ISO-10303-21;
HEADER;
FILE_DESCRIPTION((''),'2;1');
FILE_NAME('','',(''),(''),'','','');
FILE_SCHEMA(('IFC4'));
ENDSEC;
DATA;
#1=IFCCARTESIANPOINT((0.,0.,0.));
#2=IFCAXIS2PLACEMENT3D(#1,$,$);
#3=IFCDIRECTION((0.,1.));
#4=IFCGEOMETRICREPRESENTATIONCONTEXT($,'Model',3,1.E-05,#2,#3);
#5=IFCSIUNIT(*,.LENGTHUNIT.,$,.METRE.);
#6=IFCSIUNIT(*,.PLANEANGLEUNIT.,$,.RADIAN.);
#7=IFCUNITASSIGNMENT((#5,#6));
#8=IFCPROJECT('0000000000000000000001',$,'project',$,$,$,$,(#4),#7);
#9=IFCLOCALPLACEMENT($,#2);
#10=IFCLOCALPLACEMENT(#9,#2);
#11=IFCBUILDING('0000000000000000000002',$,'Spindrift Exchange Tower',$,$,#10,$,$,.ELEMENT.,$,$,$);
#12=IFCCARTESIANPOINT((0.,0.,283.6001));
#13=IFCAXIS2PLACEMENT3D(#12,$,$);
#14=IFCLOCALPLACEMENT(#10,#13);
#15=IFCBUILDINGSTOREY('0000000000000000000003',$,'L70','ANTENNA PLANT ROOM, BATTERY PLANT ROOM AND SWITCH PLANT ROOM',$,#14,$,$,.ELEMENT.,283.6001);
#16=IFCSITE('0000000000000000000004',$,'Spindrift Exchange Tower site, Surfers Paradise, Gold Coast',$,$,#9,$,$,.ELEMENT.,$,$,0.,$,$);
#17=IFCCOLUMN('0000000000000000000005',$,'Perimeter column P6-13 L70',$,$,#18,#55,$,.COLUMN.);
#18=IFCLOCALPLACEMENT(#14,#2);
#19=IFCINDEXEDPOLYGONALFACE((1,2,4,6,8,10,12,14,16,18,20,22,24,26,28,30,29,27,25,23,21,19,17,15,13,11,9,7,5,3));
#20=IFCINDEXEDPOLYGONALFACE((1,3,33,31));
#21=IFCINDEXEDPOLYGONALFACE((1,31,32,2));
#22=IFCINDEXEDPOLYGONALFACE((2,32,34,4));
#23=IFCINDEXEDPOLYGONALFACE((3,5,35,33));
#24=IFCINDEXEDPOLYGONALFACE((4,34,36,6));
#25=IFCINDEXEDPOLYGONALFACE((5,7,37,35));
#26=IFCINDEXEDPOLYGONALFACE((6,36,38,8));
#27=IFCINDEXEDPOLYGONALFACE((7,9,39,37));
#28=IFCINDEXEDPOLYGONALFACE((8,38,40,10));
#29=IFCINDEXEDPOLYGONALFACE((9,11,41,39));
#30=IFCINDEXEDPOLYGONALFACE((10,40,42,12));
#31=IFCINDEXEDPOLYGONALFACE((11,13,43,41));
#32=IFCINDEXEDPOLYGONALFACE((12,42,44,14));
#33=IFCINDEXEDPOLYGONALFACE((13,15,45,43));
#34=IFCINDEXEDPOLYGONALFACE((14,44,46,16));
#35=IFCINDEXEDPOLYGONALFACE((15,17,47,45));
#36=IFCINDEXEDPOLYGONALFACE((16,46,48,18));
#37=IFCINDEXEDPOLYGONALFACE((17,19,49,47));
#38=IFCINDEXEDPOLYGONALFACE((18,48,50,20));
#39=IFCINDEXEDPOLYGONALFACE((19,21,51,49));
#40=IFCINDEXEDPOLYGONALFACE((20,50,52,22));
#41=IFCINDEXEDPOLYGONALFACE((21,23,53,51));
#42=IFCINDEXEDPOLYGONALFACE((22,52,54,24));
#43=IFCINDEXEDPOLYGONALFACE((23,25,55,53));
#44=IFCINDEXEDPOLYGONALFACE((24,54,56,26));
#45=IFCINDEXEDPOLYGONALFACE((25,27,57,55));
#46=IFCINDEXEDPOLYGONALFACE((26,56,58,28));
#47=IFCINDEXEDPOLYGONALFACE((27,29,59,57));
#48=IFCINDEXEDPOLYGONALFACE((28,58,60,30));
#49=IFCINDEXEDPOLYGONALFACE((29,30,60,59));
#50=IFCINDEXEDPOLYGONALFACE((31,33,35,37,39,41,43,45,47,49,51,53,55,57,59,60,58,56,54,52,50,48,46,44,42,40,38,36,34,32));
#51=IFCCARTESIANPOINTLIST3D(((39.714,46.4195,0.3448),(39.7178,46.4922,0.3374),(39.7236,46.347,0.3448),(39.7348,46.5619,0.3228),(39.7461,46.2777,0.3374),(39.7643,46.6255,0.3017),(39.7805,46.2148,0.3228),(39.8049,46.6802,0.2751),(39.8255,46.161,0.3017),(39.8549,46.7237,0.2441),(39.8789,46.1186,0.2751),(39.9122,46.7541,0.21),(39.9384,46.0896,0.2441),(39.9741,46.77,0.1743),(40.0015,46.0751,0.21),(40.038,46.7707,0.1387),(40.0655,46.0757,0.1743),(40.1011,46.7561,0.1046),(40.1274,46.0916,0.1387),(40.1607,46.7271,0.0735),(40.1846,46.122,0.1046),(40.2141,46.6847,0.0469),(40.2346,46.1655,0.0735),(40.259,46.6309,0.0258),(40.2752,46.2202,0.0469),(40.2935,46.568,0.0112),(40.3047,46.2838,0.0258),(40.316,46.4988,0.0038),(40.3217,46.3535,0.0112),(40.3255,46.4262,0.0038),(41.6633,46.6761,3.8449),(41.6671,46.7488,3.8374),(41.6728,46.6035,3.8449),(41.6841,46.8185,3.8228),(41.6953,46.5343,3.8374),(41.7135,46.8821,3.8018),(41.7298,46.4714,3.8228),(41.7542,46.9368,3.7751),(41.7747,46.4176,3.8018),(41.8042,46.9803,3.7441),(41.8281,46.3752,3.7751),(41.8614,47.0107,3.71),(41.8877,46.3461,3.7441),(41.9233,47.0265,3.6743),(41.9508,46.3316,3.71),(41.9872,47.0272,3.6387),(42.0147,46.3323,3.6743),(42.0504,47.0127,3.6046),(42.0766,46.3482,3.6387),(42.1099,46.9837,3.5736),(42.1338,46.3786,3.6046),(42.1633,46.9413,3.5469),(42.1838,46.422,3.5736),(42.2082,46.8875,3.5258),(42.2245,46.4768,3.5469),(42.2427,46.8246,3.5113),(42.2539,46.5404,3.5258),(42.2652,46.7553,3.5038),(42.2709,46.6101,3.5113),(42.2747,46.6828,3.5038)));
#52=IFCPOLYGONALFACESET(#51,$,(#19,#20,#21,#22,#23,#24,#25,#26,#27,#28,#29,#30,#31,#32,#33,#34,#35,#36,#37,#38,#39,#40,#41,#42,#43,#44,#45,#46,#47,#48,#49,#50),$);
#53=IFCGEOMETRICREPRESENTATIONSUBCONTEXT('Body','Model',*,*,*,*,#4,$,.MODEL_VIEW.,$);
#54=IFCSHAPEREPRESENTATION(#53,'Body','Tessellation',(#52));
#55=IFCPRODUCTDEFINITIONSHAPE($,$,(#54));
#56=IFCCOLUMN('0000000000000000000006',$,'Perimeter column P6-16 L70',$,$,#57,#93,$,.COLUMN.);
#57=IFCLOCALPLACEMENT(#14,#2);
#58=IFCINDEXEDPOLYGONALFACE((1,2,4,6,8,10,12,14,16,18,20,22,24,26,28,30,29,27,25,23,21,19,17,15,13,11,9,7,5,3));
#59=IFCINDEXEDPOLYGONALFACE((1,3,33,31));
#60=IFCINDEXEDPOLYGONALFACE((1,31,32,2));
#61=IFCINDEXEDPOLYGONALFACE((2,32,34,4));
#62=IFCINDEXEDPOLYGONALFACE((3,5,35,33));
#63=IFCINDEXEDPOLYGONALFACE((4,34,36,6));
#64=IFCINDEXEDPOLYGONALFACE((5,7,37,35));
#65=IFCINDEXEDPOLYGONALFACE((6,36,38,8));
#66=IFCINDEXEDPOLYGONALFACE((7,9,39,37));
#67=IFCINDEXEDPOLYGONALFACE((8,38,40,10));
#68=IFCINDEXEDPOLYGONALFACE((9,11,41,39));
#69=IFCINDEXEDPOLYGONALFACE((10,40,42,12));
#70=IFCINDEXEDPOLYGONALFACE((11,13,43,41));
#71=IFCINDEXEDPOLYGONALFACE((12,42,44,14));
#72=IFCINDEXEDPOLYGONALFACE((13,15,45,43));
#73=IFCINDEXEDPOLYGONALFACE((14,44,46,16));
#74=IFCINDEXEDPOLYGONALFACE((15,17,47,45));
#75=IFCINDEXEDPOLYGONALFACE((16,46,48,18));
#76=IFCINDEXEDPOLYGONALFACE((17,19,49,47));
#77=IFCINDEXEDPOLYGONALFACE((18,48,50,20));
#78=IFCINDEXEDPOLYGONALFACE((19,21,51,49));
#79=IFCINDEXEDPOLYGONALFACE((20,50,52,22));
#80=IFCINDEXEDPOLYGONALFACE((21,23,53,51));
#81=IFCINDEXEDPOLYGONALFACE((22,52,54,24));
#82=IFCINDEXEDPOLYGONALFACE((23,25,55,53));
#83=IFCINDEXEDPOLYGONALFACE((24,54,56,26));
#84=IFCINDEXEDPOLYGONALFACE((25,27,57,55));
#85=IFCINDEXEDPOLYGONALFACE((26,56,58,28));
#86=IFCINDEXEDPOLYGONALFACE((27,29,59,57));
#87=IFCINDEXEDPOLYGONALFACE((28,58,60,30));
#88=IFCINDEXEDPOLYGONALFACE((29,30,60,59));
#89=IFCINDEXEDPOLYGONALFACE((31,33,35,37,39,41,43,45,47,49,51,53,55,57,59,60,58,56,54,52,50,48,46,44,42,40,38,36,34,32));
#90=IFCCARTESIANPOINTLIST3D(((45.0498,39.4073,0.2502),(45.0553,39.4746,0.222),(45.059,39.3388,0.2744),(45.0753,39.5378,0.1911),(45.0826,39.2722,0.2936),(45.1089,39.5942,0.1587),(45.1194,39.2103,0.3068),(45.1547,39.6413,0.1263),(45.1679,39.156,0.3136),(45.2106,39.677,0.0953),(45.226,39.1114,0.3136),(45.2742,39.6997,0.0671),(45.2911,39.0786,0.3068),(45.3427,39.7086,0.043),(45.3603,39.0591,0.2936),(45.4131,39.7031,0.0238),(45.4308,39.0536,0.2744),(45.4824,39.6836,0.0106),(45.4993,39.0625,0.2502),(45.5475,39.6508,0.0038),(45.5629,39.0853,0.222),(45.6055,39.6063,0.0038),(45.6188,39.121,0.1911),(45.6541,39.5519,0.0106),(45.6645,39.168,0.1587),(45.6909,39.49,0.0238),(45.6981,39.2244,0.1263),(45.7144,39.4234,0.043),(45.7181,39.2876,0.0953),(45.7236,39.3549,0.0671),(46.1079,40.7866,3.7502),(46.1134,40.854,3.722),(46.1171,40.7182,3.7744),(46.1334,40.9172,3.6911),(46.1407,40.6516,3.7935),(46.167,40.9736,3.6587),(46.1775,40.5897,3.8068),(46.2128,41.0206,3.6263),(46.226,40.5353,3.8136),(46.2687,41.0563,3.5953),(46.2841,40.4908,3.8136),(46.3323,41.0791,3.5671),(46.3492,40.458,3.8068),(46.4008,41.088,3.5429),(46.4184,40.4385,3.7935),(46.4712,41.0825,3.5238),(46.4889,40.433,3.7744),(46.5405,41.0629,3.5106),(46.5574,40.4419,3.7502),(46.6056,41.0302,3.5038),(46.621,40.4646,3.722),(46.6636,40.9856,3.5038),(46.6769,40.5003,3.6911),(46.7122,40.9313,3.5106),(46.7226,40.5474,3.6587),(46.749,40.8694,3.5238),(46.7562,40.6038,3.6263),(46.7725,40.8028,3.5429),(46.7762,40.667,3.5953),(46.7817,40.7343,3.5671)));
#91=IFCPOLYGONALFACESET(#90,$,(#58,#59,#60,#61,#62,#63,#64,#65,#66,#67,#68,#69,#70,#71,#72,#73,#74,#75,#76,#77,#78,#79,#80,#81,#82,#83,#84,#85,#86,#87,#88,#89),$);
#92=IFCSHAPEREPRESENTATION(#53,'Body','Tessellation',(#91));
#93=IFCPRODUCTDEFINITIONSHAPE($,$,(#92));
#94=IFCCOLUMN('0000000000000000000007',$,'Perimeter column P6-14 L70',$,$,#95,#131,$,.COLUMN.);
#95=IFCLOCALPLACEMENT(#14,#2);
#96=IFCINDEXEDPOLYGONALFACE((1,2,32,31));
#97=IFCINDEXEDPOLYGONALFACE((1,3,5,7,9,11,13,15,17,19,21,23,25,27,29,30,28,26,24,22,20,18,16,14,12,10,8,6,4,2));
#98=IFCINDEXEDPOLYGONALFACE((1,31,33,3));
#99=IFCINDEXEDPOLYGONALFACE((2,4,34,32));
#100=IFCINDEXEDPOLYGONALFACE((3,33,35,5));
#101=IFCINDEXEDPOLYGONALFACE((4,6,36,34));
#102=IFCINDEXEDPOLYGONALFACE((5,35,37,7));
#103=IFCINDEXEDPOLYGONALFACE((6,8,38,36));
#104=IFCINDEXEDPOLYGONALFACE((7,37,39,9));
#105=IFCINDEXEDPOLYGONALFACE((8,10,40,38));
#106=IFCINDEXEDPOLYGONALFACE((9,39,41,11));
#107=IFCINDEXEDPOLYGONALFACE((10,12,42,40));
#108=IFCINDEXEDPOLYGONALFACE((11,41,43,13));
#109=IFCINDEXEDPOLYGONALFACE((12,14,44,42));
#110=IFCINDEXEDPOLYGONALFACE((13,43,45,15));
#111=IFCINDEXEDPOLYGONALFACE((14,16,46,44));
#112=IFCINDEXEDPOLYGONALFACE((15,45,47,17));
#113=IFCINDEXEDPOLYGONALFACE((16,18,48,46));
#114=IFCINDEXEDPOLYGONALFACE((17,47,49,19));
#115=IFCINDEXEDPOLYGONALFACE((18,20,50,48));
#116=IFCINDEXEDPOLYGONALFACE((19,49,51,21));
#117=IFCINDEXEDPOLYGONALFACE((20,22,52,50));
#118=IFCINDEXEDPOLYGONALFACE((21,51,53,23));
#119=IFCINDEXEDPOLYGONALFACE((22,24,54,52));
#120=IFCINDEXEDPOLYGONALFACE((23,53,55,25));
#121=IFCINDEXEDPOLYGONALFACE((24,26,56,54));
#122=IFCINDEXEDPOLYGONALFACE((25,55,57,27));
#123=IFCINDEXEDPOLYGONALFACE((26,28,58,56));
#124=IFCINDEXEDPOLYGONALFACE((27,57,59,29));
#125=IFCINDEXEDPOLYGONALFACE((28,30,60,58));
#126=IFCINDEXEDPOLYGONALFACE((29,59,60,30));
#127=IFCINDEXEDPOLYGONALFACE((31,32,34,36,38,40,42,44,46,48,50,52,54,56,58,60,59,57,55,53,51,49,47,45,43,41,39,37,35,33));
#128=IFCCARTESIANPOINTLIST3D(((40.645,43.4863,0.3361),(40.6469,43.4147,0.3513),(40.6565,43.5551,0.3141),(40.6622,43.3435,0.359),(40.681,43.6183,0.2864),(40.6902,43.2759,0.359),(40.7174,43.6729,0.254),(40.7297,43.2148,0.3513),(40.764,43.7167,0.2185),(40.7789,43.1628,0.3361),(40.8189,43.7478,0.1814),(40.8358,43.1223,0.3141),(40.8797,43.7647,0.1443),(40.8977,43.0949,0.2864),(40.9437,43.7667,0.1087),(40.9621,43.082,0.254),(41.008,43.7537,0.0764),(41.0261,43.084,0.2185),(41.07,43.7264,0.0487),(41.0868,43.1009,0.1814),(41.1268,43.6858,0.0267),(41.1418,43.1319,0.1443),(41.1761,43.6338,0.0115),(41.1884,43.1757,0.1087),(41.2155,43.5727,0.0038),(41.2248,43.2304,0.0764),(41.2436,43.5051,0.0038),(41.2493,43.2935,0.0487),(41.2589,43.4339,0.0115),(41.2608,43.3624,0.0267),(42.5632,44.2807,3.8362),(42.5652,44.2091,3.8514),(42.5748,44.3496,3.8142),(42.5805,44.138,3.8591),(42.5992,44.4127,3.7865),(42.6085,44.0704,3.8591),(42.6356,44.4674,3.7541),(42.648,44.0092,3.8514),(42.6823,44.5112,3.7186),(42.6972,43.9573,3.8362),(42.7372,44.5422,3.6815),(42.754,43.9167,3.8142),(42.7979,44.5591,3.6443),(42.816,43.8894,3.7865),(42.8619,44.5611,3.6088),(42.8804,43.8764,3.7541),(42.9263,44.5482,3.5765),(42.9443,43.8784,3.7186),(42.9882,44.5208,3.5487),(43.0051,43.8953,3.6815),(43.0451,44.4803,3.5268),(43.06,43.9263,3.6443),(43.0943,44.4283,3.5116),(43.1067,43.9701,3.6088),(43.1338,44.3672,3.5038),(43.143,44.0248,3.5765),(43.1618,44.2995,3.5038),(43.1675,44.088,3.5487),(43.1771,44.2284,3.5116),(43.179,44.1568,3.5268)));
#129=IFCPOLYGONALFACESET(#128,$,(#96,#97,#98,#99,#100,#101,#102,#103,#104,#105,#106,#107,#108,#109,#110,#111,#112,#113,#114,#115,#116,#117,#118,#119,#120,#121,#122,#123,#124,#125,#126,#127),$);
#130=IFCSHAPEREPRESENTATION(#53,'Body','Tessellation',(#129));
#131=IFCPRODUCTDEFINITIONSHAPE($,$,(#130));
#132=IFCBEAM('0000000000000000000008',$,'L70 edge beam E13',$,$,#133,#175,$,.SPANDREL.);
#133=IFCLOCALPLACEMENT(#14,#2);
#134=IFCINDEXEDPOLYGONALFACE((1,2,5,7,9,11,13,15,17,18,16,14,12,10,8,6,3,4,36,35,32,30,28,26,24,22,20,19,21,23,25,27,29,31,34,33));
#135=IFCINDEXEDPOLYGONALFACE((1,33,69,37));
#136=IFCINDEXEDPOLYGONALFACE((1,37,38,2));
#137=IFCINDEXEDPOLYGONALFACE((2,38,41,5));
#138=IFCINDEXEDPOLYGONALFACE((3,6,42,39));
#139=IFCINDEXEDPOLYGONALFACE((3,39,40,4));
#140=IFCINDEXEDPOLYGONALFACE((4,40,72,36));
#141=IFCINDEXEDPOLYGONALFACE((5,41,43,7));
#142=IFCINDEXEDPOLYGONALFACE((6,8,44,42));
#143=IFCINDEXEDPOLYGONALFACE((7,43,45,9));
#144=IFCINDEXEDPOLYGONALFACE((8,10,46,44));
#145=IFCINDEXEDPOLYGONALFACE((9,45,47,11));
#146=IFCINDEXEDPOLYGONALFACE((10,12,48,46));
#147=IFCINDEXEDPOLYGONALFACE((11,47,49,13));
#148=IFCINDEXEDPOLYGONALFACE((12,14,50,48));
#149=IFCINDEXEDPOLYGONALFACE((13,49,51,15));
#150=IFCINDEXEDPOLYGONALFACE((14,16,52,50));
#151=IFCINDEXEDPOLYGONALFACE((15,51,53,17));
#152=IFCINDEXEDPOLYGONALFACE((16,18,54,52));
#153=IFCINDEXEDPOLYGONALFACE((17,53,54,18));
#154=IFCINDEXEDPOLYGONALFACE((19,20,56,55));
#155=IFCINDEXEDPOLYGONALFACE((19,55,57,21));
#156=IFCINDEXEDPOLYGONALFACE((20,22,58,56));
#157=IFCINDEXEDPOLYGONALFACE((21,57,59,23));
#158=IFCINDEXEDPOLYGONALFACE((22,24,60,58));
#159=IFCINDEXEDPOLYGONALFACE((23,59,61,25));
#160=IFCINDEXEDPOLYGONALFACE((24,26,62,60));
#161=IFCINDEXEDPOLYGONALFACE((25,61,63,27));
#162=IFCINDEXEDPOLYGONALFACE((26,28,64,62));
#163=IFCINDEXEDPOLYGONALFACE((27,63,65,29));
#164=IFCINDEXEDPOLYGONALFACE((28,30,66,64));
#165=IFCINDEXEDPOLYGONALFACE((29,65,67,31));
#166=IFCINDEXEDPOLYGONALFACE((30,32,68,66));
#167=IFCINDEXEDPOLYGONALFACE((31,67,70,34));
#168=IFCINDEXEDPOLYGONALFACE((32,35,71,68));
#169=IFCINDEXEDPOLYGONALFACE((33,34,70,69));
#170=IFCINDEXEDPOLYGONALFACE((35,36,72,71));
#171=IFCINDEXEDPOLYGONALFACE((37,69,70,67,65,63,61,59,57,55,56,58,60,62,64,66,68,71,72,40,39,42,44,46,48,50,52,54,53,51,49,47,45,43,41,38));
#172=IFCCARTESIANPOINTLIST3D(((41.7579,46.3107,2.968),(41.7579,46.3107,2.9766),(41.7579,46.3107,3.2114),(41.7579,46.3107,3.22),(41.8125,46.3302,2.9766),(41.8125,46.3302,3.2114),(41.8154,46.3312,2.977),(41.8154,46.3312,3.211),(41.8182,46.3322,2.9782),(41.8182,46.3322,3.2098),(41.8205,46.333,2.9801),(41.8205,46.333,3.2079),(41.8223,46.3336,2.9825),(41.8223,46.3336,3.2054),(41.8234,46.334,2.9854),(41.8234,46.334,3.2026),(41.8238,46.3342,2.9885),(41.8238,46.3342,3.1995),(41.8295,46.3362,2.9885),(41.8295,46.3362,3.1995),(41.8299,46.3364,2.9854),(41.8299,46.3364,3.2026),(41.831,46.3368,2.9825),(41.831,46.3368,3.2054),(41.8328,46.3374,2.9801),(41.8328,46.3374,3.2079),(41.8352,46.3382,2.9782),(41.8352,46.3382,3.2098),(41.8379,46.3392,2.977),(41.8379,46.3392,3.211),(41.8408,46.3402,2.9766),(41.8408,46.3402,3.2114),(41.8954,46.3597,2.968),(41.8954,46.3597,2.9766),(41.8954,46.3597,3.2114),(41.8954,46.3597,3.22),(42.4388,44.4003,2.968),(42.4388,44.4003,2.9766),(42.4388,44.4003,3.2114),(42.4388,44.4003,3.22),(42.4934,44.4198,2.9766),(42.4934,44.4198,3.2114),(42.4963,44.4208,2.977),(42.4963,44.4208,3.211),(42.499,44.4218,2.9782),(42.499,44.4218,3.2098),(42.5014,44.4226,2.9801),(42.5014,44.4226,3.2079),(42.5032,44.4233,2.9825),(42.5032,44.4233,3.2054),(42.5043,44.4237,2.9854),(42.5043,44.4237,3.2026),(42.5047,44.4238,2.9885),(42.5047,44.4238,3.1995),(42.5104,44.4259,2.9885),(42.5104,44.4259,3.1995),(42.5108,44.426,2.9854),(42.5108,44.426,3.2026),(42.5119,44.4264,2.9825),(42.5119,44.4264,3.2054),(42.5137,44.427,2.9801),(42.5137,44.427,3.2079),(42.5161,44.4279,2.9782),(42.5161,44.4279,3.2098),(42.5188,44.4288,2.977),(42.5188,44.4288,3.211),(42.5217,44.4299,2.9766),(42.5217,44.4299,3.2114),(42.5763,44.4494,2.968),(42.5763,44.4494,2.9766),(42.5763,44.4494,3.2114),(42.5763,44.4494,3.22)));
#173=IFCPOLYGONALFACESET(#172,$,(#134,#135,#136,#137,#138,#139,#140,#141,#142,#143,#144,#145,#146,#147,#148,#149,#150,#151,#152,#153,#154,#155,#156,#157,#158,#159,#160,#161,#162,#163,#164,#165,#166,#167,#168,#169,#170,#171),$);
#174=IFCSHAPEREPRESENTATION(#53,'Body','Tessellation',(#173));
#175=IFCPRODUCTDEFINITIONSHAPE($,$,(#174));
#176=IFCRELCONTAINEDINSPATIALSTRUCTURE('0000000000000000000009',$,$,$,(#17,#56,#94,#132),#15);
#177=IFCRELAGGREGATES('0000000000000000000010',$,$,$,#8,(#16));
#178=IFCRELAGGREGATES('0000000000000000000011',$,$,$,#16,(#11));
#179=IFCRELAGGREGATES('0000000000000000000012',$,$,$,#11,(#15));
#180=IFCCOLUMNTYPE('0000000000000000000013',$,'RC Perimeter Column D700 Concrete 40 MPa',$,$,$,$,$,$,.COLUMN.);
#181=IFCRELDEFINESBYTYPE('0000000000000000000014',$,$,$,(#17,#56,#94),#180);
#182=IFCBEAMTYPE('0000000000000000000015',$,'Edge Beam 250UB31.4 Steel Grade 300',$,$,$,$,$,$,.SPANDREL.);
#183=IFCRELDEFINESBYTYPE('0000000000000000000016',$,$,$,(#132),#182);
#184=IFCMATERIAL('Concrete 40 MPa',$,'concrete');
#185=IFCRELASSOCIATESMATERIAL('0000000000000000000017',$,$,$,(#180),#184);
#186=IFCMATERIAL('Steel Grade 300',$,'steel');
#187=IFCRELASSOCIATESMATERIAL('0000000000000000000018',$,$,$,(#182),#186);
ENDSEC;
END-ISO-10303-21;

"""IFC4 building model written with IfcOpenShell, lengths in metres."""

from ifc_helpers import new_model, si_unit, direction, frame, origin, origin_2d, place, context, subcontext, project, spatial, circle, i_section, extrude, source, transform, mapped, material, material_profile, profile_set, type_object, element, save


model = new_model("IFC4")

# Units and contexts
model_context = context("Model", 3, precision=1e-05, world=origin(), true_north=direction((0.0, 1.0)))
body_context = subcontext(model_context, "Body", "Model", "MODEL_VIEW")
ifc_project = project(units=[si_unit("LENGTHUNIT", "METRE"), si_unit("PLANEANGLEUNIT", "RADIAN")], contexts=[model_context])

# Site, building, storey
site_placement = place(None, origin())
site = spatial("IfcSite", under=ifc_project, at=site_placement, Name="Spindrift Exchange Tower site, Surfers Paradise, Gold Coast", CompositionType="ELEMENT", RefElevation=0.0)
building_placement = place(site_placement, origin())
building = spatial("IfcBuilding", under=site, at=building_placement, Name="Spindrift Exchange Tower", CompositionType="ELEMENT")
storey_placement = place(building_placement, frame((0.0, 0.0, 283.6001)))
storey = spatial("IfcBuildingStorey", under=building, at=storey_placement, Name="L70", Description="ANTENNA PLANT ROOM, BATTERY PLANT ROOM AND SWITCH PLANT ROOM", CompositionType="ELEMENT", Elevation=283.6001)

# Columns
ifc_material_1 = material(Name="Concrete 40 MPa", Category="concrete")
ifc_material_profile_1 = material_profile(ifc_material_1, circle(Radius=0.3501, at=origin_2d()), Name="RC D700")
ifc_profile_set_1 = profile_set([ifc_material_profile_1], Name="Concrete 40 MPa")
column_type = type_object("IfcColumnType", Name="RC Perimeter Column D700 Concrete 40 MPa", PredefinedType="COLUMN", material=ifc_profile_set_1)
shared_shape_1 = source(origin(), body_context, "Body", "SweptSolid", [
    extrude(circle(Radius=0.3501, at=origin_2d()), origin(), (0.0, 0.0, 1.0), 4.0144),
])
column_1_placement = place(storey_placement, frame((40.0198, 46.4229, 0.1743), z_axis=(0.485558, 0.063918, 0.871864), x_axis=(-0.130512, 0.991447, 0.0)))
element("IfcColumn", 1, at=column_1_placement, inside=storey, type_object=column_type, Name="Perimeter column P6-13 L70", PredefinedType="COLUMN", context=body_context, shape_type="MappedRepresentation", body=[
    mapped(shared_shape_1, transform((0.0, 0.0, 0.0), scale=1.0)),
])
shared_shape_2 = source(origin(), body_context, "Body", "SweptSolid", [
    extrude(circle(Radius=0.3501, at=origin_2d()), origin(), (0.0, 0.0, 1.0), 3.908),
])
column_2_placement = place(storey_placement, frame((45.3867, 39.3811, 0.1587), z_axis=(0.270755, 0.352969, 0.895603), x_axis=(-0.793448, 0.608638, 0.0)))
element("IfcColumn", 2, at=column_2_placement, inside=storey, type_object=column_type, Name="Perimeter column P6-16 L70", PredefinedType="COLUMN", context=body_context, shape_type="MappedRepresentation", body=[
    mapped(shared_shape_2, transform((0.0, 0.0, 0.0), scale=1.0)),
])
shared_shape_3 = source(origin(), body_context, "Body", "SweptSolid", [
    extrude(circle(Radius=0.3501, at=origin_2d()), origin(), (0.0, 0.0, 1.0), 4.0696),
])
column_3_placement = place(storey_placement, frame((40.9529, 43.4243, 0.1814), z_axis=(0.471366, 0.195217, 0.860061), x_axis=(-0.382636, 0.923899, 0.0)))
element("IfcColumn", 3, at=column_3_placement, inside=storey, type_object=column_type, Name="Perimeter column P6-14 L70", PredefinedType="COLUMN", context=body_context, shape_type="MappedRepresentation", body=[
    mapped(shared_shape_3, transform((0.0, 0.0, 0.0), scale=1.0)),
])

# Beam
ifc_material_2 = material(Name="Steel Grade 300", Category="steel")
ifc_material_profile_2 = material_profile(ifc_material_2, i_section(OverallWidth=0.146, OverallDepth=0.252, WebThickness=0.0061, FlangeThickness=0.0085, FilletRadius=0.012, at=origin_2d()), Name="250UB31.4")
ifc_profile_set_2 = profile_set([ifc_material_profile_2], Name="Steel Grade 300")
beam_type = type_object("IfcBeamType", Name="Edge Beam 250UB31.4 Steel Grade 300", PredefinedType="SPANDREL", material=ifc_profile_set_2)
shared_shape_4 = source(origin(), body_context, "Body", "SweptSolid", [
    extrude(i_section(OverallWidth=0.146, OverallDepth=0.252, WebThickness=0.0061, FlangeThickness=0.0085, FilletRadius=0.012, at=origin_2d()), origin(), (0.0, 0.0, 1.0), 2.0281),
])
beam_1_placement = place(storey_placement, frame((41.8267, 46.3352, 3.094), z_axis=(0.335734, -0.941957, 0.0), x_axis=(0.941957, 0.335734, 0.0)))
element("IfcBeam", 4, at=beam_1_placement, inside=storey, type_object=beam_type, Name="L70 edge beam E13", PredefinedType="SPANDREL", context=body_context, shape_type="MappedRepresentation", body=[
    mapped(shared_shape_4, transform((0.0, 0.0, 0.0), scale=1.0)),
])

save(model, "model.ifc")
